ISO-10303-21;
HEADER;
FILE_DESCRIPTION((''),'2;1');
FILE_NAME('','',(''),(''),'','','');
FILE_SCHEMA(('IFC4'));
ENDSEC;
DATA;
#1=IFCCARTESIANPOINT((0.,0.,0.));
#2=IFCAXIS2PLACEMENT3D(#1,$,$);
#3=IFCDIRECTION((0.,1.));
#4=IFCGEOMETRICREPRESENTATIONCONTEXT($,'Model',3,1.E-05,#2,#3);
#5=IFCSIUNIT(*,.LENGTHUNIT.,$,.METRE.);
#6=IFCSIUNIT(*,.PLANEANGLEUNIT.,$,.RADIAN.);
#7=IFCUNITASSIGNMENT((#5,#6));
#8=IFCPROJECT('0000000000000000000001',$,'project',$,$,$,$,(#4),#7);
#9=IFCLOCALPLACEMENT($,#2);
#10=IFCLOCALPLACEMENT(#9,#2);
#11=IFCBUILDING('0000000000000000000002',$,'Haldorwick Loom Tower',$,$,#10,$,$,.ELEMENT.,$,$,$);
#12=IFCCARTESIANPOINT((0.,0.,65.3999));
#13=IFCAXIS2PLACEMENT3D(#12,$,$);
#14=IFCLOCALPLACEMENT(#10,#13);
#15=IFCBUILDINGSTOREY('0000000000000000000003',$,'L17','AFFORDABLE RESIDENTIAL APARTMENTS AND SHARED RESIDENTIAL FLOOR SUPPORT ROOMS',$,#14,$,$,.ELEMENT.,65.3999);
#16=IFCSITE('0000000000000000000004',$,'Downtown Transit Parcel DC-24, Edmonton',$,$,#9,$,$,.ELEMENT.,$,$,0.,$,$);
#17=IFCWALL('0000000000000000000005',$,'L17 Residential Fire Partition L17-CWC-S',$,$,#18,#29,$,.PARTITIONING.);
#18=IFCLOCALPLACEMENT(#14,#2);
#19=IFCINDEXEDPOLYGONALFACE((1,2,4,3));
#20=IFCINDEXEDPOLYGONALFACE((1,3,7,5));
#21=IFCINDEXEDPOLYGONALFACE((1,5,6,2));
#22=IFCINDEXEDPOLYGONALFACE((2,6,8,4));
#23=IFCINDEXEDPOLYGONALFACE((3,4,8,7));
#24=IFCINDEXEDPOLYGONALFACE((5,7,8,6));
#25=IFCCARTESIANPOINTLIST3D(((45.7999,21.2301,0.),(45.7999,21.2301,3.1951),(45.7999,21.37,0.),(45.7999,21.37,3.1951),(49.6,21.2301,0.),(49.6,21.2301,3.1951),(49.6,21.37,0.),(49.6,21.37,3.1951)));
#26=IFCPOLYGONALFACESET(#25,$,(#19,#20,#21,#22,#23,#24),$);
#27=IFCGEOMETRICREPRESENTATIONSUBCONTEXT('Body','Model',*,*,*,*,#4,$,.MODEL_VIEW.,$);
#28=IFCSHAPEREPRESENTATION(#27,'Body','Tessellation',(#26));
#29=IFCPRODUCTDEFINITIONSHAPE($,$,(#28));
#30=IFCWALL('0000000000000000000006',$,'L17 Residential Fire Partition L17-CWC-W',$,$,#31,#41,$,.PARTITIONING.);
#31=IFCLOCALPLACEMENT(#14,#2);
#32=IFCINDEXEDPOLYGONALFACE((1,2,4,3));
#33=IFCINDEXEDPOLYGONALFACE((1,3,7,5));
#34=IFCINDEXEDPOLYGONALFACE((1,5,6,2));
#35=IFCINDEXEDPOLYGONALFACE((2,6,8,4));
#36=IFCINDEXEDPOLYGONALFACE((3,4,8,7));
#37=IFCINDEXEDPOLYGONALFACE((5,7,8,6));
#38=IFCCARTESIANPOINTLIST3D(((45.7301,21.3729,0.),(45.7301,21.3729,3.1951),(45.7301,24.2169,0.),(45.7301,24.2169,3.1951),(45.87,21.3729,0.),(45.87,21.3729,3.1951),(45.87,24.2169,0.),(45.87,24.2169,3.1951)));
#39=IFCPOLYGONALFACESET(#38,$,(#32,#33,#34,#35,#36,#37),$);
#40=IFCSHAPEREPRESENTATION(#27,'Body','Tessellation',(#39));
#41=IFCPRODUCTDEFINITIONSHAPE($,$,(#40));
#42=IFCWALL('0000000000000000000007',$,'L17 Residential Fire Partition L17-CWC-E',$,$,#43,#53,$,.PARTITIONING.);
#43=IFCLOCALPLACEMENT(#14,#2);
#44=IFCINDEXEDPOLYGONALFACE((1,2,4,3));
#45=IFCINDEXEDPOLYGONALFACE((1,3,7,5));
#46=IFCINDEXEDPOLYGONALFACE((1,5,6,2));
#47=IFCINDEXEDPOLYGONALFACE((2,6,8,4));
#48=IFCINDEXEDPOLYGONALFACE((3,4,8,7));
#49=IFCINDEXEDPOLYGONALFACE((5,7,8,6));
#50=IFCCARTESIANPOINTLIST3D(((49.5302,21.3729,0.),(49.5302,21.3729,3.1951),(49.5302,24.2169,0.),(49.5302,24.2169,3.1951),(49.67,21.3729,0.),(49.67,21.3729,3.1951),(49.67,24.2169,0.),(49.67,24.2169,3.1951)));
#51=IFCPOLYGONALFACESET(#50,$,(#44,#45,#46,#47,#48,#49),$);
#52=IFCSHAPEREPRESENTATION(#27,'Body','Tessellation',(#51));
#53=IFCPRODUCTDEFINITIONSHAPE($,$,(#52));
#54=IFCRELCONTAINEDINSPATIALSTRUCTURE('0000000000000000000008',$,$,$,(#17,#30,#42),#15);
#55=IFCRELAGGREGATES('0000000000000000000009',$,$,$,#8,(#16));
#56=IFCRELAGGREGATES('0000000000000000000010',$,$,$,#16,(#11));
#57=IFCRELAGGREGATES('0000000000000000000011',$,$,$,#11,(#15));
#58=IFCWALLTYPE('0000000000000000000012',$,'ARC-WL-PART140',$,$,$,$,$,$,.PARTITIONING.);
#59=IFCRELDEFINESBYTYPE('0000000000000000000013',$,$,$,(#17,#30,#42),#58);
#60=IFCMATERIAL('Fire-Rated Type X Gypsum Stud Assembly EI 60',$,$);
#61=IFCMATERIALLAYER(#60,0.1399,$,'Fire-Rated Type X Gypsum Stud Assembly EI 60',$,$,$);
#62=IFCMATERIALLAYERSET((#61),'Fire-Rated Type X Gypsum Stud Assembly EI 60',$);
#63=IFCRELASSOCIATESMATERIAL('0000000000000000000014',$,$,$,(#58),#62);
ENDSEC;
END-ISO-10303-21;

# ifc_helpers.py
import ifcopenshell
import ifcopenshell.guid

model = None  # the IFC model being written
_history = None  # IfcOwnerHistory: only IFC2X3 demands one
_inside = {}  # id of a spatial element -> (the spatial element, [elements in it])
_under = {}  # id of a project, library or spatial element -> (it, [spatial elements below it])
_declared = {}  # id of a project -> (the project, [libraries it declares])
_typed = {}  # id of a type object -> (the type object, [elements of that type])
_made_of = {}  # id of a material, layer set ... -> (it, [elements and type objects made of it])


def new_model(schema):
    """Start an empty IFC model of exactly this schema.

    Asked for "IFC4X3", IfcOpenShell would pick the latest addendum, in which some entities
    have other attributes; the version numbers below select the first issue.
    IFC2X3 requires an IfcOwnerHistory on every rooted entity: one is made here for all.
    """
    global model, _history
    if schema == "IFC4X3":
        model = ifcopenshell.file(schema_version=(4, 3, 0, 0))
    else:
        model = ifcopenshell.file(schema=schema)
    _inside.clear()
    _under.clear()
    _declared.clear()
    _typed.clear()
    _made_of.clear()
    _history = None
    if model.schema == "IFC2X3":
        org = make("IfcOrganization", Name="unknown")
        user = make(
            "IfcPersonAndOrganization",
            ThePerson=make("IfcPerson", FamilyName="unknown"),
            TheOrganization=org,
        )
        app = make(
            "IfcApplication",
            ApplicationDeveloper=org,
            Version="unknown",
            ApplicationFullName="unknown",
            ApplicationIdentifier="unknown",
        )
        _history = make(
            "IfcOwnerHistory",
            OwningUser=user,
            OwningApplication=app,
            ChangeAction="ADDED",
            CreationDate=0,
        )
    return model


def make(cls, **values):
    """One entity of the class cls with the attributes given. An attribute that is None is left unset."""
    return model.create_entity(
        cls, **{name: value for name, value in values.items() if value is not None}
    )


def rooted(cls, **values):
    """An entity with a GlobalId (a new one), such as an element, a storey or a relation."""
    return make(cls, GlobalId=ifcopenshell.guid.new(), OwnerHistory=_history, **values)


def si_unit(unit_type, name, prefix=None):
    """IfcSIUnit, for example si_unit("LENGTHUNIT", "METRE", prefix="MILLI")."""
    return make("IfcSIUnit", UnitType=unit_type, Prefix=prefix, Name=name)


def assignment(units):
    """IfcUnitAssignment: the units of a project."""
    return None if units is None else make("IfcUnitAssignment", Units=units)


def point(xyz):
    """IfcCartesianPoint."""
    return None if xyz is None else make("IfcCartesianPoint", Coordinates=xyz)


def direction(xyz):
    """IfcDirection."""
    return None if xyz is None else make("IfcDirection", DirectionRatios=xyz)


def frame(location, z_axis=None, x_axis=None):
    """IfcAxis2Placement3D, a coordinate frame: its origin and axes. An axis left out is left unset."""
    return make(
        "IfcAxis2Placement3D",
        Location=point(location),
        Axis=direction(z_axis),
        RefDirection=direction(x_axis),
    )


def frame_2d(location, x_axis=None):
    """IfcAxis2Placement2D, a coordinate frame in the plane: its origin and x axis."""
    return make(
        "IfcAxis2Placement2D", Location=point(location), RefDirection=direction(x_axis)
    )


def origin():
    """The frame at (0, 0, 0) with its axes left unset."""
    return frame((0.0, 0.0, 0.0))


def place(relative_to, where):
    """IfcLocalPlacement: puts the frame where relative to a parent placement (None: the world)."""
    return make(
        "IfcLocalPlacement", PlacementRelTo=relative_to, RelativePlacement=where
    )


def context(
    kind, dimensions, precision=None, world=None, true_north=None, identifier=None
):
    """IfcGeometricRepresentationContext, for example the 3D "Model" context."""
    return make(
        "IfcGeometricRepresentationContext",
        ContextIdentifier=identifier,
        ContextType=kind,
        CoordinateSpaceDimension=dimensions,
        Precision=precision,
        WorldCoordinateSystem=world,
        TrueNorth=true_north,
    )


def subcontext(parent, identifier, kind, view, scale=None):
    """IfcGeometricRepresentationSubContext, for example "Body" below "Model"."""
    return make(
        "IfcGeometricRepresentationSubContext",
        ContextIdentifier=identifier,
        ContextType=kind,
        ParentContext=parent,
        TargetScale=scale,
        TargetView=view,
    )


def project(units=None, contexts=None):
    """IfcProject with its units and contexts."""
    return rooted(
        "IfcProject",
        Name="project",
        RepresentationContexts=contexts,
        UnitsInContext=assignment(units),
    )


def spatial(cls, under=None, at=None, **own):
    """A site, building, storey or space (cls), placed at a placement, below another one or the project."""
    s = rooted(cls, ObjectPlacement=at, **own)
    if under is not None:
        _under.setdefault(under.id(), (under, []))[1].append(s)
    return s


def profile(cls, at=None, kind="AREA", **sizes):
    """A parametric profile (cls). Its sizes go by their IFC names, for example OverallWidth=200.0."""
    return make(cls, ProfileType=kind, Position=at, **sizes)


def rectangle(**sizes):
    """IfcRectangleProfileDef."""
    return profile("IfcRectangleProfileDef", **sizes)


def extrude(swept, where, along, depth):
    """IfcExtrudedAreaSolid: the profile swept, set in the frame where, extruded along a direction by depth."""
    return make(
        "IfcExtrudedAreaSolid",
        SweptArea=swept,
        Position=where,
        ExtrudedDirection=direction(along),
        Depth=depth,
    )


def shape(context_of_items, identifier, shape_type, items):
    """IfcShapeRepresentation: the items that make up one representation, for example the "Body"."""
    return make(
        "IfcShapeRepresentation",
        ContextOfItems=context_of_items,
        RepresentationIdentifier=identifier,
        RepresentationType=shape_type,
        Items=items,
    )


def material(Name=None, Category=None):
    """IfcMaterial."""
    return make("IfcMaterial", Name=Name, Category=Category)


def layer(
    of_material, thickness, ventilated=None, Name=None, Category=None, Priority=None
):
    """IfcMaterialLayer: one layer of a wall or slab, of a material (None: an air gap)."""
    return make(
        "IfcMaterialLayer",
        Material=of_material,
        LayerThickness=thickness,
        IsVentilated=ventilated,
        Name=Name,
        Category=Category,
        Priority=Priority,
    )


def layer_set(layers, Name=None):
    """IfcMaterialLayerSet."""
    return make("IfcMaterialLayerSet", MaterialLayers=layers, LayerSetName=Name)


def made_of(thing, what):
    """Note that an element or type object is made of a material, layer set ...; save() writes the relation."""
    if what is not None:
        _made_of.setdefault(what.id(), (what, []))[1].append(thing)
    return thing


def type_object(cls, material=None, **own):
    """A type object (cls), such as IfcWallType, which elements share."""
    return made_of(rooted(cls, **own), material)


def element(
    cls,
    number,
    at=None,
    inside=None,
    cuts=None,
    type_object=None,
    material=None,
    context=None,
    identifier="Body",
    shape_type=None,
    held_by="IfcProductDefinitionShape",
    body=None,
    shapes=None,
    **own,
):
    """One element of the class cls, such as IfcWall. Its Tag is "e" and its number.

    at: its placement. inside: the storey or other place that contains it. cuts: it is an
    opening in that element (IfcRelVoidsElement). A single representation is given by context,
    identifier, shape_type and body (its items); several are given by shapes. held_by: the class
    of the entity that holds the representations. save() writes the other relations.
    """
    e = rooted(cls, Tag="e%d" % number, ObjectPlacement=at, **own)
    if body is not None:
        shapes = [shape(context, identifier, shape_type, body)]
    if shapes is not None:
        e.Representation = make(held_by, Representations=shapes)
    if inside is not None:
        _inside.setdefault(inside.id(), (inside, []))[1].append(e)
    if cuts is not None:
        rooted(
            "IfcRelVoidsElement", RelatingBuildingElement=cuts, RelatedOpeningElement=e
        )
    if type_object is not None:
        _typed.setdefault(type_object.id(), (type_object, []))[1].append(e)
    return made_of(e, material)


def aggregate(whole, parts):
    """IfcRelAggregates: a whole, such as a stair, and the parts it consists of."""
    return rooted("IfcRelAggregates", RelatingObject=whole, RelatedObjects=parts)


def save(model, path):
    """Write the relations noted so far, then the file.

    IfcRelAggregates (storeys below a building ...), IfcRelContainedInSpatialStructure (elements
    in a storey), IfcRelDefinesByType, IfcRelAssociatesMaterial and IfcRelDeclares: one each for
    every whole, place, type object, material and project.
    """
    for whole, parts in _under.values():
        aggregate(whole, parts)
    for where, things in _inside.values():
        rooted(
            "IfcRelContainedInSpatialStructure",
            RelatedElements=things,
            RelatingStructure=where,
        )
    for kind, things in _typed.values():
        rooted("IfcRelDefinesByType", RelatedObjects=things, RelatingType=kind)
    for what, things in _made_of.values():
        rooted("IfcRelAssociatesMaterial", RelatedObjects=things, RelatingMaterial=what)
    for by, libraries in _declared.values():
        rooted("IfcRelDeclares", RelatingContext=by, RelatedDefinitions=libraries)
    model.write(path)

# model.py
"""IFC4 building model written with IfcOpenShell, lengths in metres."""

from ifc_helpers import new_model, si_unit, direction, frame, frame_2d, origin, place, context, subcontext, project, spatial, rectangle, extrude, material, layer, layer_set, type_object, element, save


model = new_model("IFC4")

# Units and contexts
model_context = context("Model", 3, precision=1e-05, world=origin(), true_north=direction((0.0, 1.0)))
body_context = subcontext(model_context, "Body", "Model", "MODEL_VIEW")
ifc_project = project(units=[si_unit("LENGTHUNIT", "METRE"), si_unit("PLANEANGLEUNIT", "RADIAN")], contexts=[model_context])

# Site, building, storey
site_placement = place(None, origin())
site = spatial("IfcSite", under=ifc_project, at=site_placement, Name="Downtown Transit Parcel DC-24, Edmonton", CompositionType="ELEMENT", RefElevation=0.0)
building_placement = place(site_placement, origin())
building = spatial("IfcBuilding", under=site, at=building_placement, Name="Haldorwick Loom Tower", CompositionType="ELEMENT")
storey_placement = place(building_placement, frame((0.0, 0.0, 65.3999)))
storey = spatial("IfcBuildingStorey", under=building, at=storey_placement, Name="L17", Description="AFFORDABLE RESIDENTIAL APARTMENTS AND SHARED RESIDENTIAL FLOOR SUPPORT ROOMS", CompositionType="ELEMENT", Elevation=65.3999)

# Shared definitions
ifc_material_1 = material(Name="Fire-Rated Type X Gypsum Stud Assembly EI 60")

# Walls
ifc_layer_1 = layer(ifc_material_1, 0.1399, Name="Fire-Rated Type X Gypsum Stud Assembly EI 60")
ifc_layer_set_1 = layer_set([ifc_layer_1], Name="Fire-Rated Type X Gypsum Stud Assembly EI 60")
wall_type_1 = type_object("IfcWallType", Name="ARC-WL-PART140", PredefinedType="PARTITIONING", material=ifc_layer_set_1)
wall_1_placement = place(storey_placement, frame((45.8, 21.3, 0.0), z_axis=(0.0, 0.0, 1.0), x_axis=(1.0, 0.0, 0.0)))
element("IfcWall", 1, at=wall_1_placement, inside=storey, type_object=wall_type_1, Name="L17 Residential Fire Partition L17-CWC-S", PredefinedType="PARTITIONING", context=body_context, shape_type="SweptSolid", body=[
    extrude(rectangle(XDim=3.8, YDim=0.1399, at=frame_2d((1.8999, 0.0))), origin(), (0.0, 0.0, 1.0), 3.1951),
])
for number, where, z_axis, x_axis, name in (
    (2, (45.8, 21.373, 0.0), (0.0, 0.0, 1.0), (0.0, 1.0, 0.0), "L17 Residential Fire Partition L17-CWC-W"),
    (3, (49.6001, 21.373, 0.0), (0.0, 0.0, 1.0), (0.0, 1.0, 0.0), "L17 Residential Fire Partition L17-CWC-E"),
):
    element("IfcWall", number, at=place(storey_placement, frame(where, z_axis=z_axis, x_axis=x_axis)), inside=storey, type_object=wall_type_1, Name=name, PredefinedType="PARTITIONING", context=body_context, shape_type="SweptSolid", body=[
        extrude(rectangle(XDim=2.844, YDim=0.1399, at=frame_2d((1.4219, 0.0))), origin(), (0.0, 0.0, 1.0), 3.1951),
    ])

save(model, "model.ifc")
